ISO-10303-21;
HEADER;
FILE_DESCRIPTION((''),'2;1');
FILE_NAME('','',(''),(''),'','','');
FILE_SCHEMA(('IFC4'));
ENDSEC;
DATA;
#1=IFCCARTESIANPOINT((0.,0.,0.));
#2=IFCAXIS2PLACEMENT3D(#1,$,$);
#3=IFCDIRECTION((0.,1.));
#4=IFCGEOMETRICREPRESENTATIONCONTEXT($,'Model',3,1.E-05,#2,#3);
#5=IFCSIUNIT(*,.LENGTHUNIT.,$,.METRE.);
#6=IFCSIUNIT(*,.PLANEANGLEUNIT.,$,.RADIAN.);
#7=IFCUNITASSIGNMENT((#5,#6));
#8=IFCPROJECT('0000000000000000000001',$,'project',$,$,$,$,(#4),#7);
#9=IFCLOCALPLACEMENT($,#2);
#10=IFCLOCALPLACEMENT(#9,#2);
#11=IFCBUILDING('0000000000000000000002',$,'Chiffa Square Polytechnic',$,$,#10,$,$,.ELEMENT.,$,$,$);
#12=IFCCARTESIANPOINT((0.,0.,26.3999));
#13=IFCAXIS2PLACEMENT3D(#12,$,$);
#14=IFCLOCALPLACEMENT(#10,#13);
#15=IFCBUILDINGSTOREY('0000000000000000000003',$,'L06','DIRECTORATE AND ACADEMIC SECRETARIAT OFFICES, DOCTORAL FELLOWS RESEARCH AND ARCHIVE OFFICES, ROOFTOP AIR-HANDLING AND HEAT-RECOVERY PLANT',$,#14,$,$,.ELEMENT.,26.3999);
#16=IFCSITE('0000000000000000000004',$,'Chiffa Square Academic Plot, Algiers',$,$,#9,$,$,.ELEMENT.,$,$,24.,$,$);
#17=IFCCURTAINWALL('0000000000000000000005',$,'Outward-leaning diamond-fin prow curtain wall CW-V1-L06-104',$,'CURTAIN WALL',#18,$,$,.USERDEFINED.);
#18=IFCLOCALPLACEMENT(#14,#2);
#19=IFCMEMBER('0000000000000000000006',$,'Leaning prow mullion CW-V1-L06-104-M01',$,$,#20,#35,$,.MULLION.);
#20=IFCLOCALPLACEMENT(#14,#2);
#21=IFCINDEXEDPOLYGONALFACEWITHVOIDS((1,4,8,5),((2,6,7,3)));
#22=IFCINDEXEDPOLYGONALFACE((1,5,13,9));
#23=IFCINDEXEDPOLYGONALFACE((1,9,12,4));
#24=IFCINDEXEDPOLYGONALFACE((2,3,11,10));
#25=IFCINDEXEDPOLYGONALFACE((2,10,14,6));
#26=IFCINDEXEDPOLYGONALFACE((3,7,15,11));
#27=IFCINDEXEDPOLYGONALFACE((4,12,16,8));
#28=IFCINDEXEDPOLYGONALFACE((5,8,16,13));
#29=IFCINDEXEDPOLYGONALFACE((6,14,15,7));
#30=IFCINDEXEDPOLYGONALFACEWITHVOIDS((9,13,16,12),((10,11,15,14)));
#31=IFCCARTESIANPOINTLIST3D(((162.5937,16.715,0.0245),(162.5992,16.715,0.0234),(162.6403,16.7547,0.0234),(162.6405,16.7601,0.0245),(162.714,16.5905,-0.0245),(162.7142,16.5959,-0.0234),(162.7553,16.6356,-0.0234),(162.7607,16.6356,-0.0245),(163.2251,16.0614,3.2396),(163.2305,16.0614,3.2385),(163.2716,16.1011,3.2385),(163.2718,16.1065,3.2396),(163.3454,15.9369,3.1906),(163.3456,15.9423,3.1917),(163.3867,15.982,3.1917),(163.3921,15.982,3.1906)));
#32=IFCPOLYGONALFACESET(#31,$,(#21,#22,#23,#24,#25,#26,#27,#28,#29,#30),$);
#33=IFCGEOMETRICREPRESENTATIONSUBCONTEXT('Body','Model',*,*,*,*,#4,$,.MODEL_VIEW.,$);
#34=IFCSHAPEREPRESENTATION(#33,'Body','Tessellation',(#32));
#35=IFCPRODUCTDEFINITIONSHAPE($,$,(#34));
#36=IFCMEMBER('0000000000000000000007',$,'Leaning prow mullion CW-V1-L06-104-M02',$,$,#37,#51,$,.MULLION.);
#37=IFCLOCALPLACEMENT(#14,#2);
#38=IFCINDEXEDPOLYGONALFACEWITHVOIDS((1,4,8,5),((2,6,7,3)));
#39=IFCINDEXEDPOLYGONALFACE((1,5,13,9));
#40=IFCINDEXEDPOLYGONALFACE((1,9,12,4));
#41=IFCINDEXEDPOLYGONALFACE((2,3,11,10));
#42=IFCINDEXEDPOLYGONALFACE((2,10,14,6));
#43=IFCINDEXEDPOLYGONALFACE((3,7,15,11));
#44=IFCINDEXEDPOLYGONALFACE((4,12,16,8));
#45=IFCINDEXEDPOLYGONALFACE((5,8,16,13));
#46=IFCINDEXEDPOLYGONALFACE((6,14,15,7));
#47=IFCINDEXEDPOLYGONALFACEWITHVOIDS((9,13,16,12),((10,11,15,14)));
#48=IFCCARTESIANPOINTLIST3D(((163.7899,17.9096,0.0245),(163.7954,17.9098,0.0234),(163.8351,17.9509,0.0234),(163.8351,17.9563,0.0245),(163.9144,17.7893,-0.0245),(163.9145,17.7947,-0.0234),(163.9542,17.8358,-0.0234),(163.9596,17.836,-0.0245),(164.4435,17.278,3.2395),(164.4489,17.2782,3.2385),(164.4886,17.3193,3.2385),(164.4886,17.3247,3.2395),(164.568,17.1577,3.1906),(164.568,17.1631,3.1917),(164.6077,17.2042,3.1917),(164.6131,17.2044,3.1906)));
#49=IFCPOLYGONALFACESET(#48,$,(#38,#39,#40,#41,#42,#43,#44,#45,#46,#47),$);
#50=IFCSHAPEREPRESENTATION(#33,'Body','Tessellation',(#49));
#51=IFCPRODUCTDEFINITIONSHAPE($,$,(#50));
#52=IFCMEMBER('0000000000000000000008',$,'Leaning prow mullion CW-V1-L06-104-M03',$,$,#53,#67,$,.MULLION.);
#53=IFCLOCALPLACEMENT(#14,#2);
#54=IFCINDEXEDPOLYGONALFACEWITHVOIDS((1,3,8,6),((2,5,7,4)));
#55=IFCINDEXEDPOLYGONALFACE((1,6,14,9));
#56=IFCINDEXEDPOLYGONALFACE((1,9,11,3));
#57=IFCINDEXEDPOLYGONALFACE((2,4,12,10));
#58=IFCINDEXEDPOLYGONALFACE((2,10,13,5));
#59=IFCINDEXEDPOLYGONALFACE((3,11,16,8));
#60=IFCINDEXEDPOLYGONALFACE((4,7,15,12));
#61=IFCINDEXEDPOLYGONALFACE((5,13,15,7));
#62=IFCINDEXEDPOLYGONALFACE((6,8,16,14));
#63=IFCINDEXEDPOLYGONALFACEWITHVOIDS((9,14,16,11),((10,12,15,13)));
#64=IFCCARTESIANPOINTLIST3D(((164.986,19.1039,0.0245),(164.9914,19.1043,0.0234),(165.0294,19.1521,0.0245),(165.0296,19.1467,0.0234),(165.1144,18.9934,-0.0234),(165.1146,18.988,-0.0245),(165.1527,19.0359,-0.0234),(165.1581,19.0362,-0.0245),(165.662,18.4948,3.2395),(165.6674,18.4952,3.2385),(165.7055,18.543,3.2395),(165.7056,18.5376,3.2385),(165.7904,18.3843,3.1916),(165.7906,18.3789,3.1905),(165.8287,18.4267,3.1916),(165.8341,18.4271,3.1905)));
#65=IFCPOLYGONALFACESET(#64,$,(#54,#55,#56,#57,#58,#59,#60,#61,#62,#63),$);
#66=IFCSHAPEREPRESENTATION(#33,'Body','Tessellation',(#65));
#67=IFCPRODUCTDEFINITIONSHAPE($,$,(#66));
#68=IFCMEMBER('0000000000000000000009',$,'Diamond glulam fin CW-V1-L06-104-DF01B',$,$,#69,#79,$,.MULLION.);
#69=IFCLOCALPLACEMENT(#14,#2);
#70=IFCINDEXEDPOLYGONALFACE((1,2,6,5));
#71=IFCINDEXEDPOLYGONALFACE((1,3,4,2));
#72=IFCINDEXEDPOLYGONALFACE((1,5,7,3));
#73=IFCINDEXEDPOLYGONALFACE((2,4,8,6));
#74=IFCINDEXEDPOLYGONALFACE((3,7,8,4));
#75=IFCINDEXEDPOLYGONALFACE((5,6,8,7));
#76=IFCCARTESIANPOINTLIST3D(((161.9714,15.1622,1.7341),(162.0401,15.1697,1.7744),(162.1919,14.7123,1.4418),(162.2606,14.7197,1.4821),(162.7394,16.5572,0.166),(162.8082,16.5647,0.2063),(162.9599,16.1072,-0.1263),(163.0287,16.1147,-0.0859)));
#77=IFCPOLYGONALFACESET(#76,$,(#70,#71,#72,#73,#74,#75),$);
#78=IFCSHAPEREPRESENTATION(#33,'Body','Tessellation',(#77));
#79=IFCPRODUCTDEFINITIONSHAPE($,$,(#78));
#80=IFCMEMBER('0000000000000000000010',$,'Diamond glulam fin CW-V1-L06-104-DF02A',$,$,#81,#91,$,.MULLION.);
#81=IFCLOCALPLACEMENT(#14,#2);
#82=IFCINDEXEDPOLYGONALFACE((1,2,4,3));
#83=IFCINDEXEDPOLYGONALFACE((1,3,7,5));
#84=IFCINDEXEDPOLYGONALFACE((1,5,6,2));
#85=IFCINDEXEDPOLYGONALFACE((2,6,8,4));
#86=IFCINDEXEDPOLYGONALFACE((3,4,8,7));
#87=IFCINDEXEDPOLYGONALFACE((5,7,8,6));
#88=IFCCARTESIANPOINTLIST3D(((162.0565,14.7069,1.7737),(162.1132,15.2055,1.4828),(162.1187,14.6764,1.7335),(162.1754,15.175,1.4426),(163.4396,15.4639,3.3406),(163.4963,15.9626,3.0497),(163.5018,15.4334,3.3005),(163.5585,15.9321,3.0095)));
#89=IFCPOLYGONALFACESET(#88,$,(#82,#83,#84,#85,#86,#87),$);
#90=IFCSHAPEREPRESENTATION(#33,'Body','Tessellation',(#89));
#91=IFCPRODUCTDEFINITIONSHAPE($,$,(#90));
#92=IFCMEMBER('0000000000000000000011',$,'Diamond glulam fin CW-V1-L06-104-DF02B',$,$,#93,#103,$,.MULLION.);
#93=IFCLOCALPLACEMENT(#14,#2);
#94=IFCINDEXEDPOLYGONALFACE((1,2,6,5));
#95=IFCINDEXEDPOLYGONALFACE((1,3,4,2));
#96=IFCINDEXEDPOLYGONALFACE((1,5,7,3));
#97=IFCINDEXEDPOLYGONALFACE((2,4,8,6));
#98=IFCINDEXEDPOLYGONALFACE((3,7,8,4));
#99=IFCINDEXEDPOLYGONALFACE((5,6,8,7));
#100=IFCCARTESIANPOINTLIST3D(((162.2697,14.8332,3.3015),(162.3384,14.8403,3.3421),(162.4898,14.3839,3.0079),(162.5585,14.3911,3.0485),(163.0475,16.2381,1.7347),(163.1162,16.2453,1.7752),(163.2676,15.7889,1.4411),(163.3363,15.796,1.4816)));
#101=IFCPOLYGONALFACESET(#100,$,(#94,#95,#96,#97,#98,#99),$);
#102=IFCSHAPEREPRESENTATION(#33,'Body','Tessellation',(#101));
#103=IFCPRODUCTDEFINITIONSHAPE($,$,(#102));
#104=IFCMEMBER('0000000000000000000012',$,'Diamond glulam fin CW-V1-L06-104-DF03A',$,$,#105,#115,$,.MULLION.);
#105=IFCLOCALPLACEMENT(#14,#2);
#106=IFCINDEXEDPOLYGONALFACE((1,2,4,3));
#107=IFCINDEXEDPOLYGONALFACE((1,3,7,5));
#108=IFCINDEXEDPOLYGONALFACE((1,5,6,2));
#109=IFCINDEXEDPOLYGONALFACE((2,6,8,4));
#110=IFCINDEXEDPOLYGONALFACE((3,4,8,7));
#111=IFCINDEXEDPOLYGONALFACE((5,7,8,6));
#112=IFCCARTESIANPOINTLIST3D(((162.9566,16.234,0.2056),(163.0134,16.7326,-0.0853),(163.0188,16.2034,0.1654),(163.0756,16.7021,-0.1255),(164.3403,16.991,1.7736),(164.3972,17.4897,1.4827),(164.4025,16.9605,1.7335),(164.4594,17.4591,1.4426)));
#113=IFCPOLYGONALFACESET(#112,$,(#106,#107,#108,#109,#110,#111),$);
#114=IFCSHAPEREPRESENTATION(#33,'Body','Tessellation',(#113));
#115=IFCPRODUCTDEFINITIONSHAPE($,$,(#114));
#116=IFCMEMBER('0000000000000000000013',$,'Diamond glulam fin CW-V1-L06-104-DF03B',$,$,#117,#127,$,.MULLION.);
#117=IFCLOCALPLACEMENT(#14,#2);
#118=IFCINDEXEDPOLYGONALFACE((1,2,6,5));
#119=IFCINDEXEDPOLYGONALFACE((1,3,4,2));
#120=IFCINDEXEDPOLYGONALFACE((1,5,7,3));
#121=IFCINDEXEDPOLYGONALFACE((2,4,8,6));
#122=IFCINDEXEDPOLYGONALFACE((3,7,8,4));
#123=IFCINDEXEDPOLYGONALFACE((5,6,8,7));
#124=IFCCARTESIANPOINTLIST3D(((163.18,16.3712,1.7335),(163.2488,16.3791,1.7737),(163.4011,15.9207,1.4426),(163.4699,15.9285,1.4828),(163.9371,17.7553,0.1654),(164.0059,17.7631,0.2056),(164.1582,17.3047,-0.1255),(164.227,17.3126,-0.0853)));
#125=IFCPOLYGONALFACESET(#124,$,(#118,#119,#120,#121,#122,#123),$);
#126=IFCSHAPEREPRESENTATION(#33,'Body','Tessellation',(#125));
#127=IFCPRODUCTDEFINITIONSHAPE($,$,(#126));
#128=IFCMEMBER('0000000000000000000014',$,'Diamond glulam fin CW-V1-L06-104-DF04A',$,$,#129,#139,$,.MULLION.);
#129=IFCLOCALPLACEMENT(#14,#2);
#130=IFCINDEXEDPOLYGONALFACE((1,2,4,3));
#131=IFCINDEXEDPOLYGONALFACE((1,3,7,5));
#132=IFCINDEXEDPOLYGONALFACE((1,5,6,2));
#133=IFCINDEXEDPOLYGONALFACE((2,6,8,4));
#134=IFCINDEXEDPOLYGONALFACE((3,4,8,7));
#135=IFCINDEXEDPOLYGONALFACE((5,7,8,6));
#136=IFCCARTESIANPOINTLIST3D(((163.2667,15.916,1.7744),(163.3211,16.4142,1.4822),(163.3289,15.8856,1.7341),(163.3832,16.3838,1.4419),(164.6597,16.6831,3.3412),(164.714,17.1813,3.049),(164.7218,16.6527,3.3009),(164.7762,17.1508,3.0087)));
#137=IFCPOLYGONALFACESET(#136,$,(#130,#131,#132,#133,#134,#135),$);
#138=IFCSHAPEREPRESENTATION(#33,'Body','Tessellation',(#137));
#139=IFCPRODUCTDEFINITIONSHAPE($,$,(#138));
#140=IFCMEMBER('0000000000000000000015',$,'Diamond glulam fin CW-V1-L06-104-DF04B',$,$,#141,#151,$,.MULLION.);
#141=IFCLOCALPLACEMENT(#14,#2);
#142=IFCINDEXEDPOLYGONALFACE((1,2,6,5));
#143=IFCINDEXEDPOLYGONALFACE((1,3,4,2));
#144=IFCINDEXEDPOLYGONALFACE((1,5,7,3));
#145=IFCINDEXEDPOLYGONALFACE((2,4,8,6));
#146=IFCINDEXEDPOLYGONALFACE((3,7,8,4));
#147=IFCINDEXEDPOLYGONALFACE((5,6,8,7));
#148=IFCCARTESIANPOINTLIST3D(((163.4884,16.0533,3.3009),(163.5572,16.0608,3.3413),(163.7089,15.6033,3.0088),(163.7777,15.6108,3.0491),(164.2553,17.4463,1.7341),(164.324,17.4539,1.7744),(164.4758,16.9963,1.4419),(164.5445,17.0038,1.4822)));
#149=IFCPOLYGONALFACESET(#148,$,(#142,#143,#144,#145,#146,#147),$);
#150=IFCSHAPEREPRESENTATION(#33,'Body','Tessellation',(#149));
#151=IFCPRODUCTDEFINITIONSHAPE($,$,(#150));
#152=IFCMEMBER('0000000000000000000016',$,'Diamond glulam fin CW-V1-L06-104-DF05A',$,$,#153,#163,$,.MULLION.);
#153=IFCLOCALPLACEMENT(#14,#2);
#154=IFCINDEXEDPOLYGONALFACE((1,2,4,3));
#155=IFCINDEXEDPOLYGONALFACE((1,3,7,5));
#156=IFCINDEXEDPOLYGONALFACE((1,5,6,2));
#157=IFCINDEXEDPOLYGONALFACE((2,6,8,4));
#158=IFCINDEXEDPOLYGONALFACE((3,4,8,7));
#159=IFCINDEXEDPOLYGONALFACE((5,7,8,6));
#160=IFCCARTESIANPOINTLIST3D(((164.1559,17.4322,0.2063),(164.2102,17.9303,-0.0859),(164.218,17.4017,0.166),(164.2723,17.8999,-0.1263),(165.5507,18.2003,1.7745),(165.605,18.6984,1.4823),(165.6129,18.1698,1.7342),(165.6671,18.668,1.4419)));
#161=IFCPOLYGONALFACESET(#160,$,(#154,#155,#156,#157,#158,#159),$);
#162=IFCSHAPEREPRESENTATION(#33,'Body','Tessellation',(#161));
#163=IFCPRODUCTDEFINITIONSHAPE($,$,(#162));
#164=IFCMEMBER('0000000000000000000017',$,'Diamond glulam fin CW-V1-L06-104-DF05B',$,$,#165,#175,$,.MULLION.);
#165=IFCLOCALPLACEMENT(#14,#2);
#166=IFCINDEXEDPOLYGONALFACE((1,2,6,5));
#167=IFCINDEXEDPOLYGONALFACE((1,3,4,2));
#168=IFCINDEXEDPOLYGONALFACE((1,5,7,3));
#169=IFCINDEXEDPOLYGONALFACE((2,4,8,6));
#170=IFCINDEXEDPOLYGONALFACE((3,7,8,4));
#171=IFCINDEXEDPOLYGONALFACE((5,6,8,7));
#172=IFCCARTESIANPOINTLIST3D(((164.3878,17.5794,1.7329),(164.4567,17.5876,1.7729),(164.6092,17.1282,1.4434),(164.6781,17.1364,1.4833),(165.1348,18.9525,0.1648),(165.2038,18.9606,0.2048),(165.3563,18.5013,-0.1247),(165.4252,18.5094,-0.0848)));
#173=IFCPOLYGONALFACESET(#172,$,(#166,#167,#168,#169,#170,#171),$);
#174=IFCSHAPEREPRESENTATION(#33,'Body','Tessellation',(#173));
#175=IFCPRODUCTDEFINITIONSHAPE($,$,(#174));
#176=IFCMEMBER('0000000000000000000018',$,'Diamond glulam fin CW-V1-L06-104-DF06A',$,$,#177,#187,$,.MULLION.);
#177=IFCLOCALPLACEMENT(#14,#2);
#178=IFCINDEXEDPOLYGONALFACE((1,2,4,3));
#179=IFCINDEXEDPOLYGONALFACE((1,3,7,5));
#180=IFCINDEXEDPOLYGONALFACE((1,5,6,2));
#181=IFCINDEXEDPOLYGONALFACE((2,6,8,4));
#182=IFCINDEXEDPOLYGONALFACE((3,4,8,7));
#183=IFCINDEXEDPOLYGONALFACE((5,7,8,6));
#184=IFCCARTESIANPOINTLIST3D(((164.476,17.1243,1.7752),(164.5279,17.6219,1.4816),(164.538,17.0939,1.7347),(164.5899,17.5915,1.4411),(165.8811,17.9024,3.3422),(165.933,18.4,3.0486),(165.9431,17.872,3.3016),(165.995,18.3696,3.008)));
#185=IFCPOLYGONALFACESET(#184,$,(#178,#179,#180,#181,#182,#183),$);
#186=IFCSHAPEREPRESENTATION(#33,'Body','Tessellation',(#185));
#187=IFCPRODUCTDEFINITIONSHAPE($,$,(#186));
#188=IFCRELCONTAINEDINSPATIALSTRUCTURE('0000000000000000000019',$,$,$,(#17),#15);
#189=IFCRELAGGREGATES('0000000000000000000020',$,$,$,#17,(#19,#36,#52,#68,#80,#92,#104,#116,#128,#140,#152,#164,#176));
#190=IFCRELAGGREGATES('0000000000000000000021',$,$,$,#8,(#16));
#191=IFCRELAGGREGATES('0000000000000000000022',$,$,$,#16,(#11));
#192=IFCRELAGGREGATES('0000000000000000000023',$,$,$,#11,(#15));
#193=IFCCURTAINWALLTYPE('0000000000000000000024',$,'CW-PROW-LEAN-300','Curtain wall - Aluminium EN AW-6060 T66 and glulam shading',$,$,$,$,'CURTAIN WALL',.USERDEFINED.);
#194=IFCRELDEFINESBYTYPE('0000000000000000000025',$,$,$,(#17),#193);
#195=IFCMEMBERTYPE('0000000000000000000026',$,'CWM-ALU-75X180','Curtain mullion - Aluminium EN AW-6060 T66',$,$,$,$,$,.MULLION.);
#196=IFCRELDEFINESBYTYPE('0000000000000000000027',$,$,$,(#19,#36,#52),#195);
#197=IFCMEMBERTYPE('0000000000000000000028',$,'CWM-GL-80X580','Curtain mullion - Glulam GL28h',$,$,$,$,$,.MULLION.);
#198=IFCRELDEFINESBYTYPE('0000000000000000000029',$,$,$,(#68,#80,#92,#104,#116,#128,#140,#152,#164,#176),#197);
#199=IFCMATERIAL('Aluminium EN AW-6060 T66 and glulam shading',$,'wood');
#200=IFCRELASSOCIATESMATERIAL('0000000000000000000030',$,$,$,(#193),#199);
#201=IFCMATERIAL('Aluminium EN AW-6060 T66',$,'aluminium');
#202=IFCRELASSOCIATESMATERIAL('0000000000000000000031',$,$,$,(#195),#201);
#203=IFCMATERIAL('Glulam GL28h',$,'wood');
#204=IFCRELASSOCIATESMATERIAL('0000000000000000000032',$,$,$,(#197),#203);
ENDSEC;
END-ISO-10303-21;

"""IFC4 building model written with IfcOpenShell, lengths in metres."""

from ifc_helpers import new_model, si_unit, direction, frame, origin, origin_2d, place, context, subcontext, project, spatial, rectangle, hollow_rectangle, extrude, material, material_profile, profile_set, type_object, element, aggregate, save


model = new_model("IFC4")

# Units and contexts
model_context = context("Model", 3, precision=1e-05, world=origin(), true_north=direction((0.0, 1.0)))
body_context = subcontext(model_context, "Body", "Model", "MODEL_VIEW")
ifc_project = project(units=[si_unit("LENGTHUNIT", "METRE"), si_unit("PLANEANGLEUNIT", "RADIAN")], contexts=[model_context])

# Site, building, storey
site_placement = place(None, origin())
site = spatial("IfcSite", under=ifc_project, at=site_placement, Name="Chiffa Square Academic Plot, Algiers", CompositionType="ELEMENT", RefElevation=24.0)
building_placement = place(site_placement, origin())
building = spatial("IfcBuilding", under=site, at=building_placement, Name="Chiffa Square Polytechnic", CompositionType="ELEMENT")
storey_placement = place(building_placement, frame((0.0, 0.0, 26.3999)))
storey = spatial("IfcBuildingStorey", under=building, at=storey_placement, Name="L06", Description="DIRECTORATE AND ACADEMIC SECRETARIAT OFFICES, DOCTORAL FELLOWS RESEARCH AND ARCHIVE OFFICES, ROOFTOP AIR-HANDLING AND HEAT-RECOVERY PLANT", CompositionType="ELEMENT", Elevation=26.3999)

# Curtain wall, members
ifc_material_1 = material(Name="Aluminium EN AW-6060 T66 and glulam shading", Category="wood")
curtain_wall_type_1 = type_object("IfcCurtainWallType", Name="CW-PROW-LEAN-300", Description="Curtain wall - Aluminium EN AW-6060 T66 and glulam shading", ElementType="CURTAIN WALL", PredefinedType="USERDEFINED", material=ifc_material_1)
curtain_wall_1_placement = place(storey_placement, origin())
curtain_wall_1 = element("IfcCurtainWall", 1, at=curtain_wall_1_placement, inside=storey, type_object=curtain_wall_type_1, Name="Outward-leaning diamond-fin prow curtain wall CW-V1-L06-104", ObjectType="CURTAIN WALL", PredefinedType="USERDEFINED")
ifc_material_2 = material(Name="Aluminium EN AW-6060 T66", Category="aluminium")
ifc_material_profile_1 = material_profile(ifc_material_2, hollow_rectangle(XDim=0.0649, YDim=0.1799, WallThickness=0.0039, at=origin_2d()), Name="ALU 65x180x4")
ifc_profile_set_1 = profile_set([ifc_material_profile_1], Name="Aluminium EN AW-6060 T66")
member_type_1 = type_object("IfcMemberType", Name="CWM-ALU-75X180", Description="Curtain mullion - Aluminium EN AW-6060 T66", PredefinedType="MULLION", material=ifc_profile_set_1)
member_1_placement = place(storey_placement, frame((162.6772, 16.6753, 0.0), z_axis=(0.188968, -0.195617, 0.962302), x_axis=(0.719226, 0.694777, 0.0)))
member_1 = element("IfcMember", 2, at=member_1_placement, type_object=member_type_1, Name="Leaning prow mullion CW-V1-L06-104-M01", PredefinedType="MULLION", context=body_context, shape_type="SweptSolid", body=[
    extrude(hollow_rectangle(XDim=0.0649, YDim=0.1799, WallThickness=0.0039, at=origin_2d()), origin(), (0.0, 0.0, 1.0), 3.3411),
])
member_2_placement = place(storey_placement, frame((163.8748, 17.8728, 0.0), z_axis=(0.195614, -0.189038, 0.962289), x_axis=(0.694916, 0.719091, 0.0)))
member_2 = element("IfcMember", 3, at=member_2_placement, type_object=member_type_1, Name="Leaning prow mullion CW-V1-L06-104-M02", PredefinedType="MULLION", context=body_context, shape_type="SweptSolid", body=[
    extrude(hollow_rectangle(XDim=0.0649, YDim=0.1799, WallThickness=0.0039, at=origin_2d()), origin(), (0.0, 0.0, 1.0), 3.3411),
])
member_3_placement = place(storey_placement, frame((165.072, 19.0701, 0.0), z_axis=(0.202319, -0.182299, 0.962203), x_axis=(0.669394, 0.742907, 0.0)))
member_3 = element("IfcMember", 4, at=member_3_placement, type_object=member_type_1, Name="Leaning prow mullion CW-V1-L06-104-M03", PredefinedType="MULLION", context=body_context, shape_type="SweptSolid", body=[
    extrude(hollow_rectangle(XDim=0.0649, YDim=0.1799, WallThickness=0.0039, at=origin_2d()), origin(), (0.0, 0.0, 1.0), 3.3413),
])
ifc_material_3 = material(Name="Glulam GL28h", Category="wood")
ifc_material_profile_2 = material_profile(ifc_material_3, rectangle(XDim=0.0801, YDim=0.5801, at=origin_2d()), Name="GL28h 80x580")
ifc_profile_set_2 = profile_set([ifc_material_profile_2], Name="Glulam GL28h")
member_type_2 = type_object("IfcMemberType", Name="CWM-GL-80X580", Description="Curtain mullion - Glulam GL28h", PredefinedType="MULLION", material=ifc_profile_set_2)
member_4_placement = place(storey_placement, frame((162.884, 16.3359, 0.04), z_axis=(-0.343662, -0.624184, 0.701634), x_axis=(0.858714, 0.093568, 0.50384)))
member_4 = element("IfcMember", 5, at=member_4_placement, type_object=member_type_2, Name="Diamond glulam fin CW-V1-L06-104-DF01B", PredefinedType="MULLION", context=body_context, shape_type="SweptSolid", body=[
    extrude(rectangle(XDim=0.0801, YDim=0.5801, at=origin_2d()), origin(), (0.0, 0.0, 1.0), 2.2349),
])
member_5_placement = place(storey_placement, frame((162.116, 14.9409, 1.6082), z_axis=(0.622193, 0.340586, 0.704895), x_axis=(-0.776745, 0.380928, 0.501559)))
member_5 = element("IfcMember", 6, at=member_5_placement, type_object=member_type_2, Name="Diamond glulam fin CW-V1-L06-104-DF02A", PredefinedType="MULLION", context=body_context, shape_type="SweptSolid", body=[
    extrude(rectangle(XDim=0.0801, YDim=0.5801, at=origin_2d()), origin(), (0.0, 0.0, 1.0), 2.2229),
])
member_6_placement = place(storey_placement, frame((163.1919, 16.0171, 1.6082), z_axis=(-0.34667, -0.626205, 0.698346), x_axis=(0.857803, 0.089541, 0.506119)))
member_6 = element("IfcMember", 7, at=member_6_placement, type_object=member_type_2, Name="Diamond glulam fin CW-V1-L06-104-DF02B", PredefinedType="MULLION", context=body_context, shape_type="SweptSolid", body=[
    extrude(rectangle(XDim=0.0801, YDim=0.5801, at=origin_2d()), origin(), (0.0, 0.0, 1.0), 2.2437),
])
member_7_placement = place(storey_placement, frame((163.0161, 16.468, 0.04), z_axis=(0.622154, 0.340384, 0.705027), x_axis=(-0.776742, 0.381056, 0.501466)))
member_7 = element("IfcMember", 8, at=member_7_placement, type_object=member_type_2, Name="Diamond glulam fin CW-V1-L06-104-DF03A", PredefinedType="MULLION", context=body_context, shape_type="SweptSolid", body=[
    extrude(rectangle(XDim=0.0801, YDim=0.5801, at=origin_2d()), origin(), (0.0, 0.0, 1.0), 2.2241),
])
member_8_placement = place(storey_placement, frame((164.082, 17.5339, 0.04), z_axis=(-0.340361, -0.622221, 0.704979), x_axis=(0.85959, 0.097998, 0.5015)))
member_8 = element("IfcMember", 9, at=member_8_placement, type_object=member_type_2, Name="Diamond glulam fin CW-V1-L06-104-DF03B", PredefinedType="MULLION", context=body_context, shape_type="SweptSolid", body=[
    extrude(rectangle(XDim=0.0801, YDim=0.5801, at=origin_2d()), origin(), (0.0, 0.0, 1.0), 2.2244),
])
member_9_placement = place(storey_placement, frame((163.325, 16.1499, 1.6082), z_axis=(0.623984, 0.343596, 0.701845), x_axis=(-0.775805, 0.380026, 0.503693)))
member_9 = element("IfcMember", 10, at=member_9_placement, type_object=member_type_2, Name="Diamond glulam fin CW-V1-L06-104-DF04A", PredefinedType="MULLION", context=body_context, shape_type="SweptSolid", body=[
    extrude(rectangle(XDim=0.0801, YDim=0.5801, at=origin_2d()), origin(), (0.0, 0.0, 1.0), 2.2324),
])
member_10_placement = place(storey_placement, frame((164.3999, 17.2251, 1.6082), z_axis=(-0.343499, -0.624007, 0.701871), x_axis=(0.858788, 0.093784, 0.503675)))
member_10 = element("IfcMember", 11, at=member_10_placement, type_object=member_type_2, Name="Diamond glulam fin CW-V1-L06-104-DF04B", PredefinedType="MULLION", context=body_context, shape_type="SweptSolid", body=[
    extrude(rectangle(XDim=0.0801, YDim=0.5801, at=origin_2d()), origin(), (0.0, 0.0, 1.0), 2.2324),
])
member_11_placement = place(storey_placement, frame((164.2141, 17.666, 0.04), z_axis=(0.624118, 0.343685, 0.701682), x_axis=(-0.775711, 0.380066, 0.503807)))
member_11 = element("IfcMember", 12, at=member_11_placement, type_object=member_type_2, Name="Diamond glulam fin CW-V1-L06-104-DF05A", PredefinedType="MULLION", context=body_context, shape_type="SweptSolid", body=[
    extrude(rectangle(XDim=0.0801, YDim=0.5801, at=origin_2d()), origin(), (0.0, 0.0, 1.0), 2.2349),
])
member_12_placement = place(storey_placement, frame((165.28, 18.731, 0.04), z_axis=(-0.337411, -0.62013, 0.708232), x_axis=(0.860467, 0.101948, 0.499203)))
member_12 = element("IfcMember", 13, at=member_12_placement, type_object=member_type_2, Name="Diamond glulam fin CW-V1-L06-104-DF05B", PredefinedType="MULLION", context=body_context, shape_type="SweptSolid", body=[
    extrude(rectangle(XDim=0.0801, YDim=0.5801, at=origin_2d()), origin(), (0.0, 0.0, 1.0), 2.2141),
])
member_13_placement = place(storey_placement, frame((164.533, 17.3579, 1.6082), z_axis=(0.626181, 0.346766, 0.69832), x_axis=(-0.774534, 0.379371, 0.506137)))
member_13 = element("IfcMember", 14, at=member_13_placement, type_object=member_type_2, Name="Diamond glulam fin CW-V1-L06-104-DF06A", PredefinedType="MULLION", context=body_context, shape_type="SweptSolid", body=[
    extrude(rectangle(XDim=0.0801, YDim=0.5801, at=origin_2d()), origin(), (0.0, 0.0, 1.0), 2.2439),
])

aggregate(curtain_wall_1, [member_1, member_2, member_3, member_4, member_5, member_6, member_7, member_8, member_9, member_10, member_11, member_12, member_13])

save(model, "model.ifc")
